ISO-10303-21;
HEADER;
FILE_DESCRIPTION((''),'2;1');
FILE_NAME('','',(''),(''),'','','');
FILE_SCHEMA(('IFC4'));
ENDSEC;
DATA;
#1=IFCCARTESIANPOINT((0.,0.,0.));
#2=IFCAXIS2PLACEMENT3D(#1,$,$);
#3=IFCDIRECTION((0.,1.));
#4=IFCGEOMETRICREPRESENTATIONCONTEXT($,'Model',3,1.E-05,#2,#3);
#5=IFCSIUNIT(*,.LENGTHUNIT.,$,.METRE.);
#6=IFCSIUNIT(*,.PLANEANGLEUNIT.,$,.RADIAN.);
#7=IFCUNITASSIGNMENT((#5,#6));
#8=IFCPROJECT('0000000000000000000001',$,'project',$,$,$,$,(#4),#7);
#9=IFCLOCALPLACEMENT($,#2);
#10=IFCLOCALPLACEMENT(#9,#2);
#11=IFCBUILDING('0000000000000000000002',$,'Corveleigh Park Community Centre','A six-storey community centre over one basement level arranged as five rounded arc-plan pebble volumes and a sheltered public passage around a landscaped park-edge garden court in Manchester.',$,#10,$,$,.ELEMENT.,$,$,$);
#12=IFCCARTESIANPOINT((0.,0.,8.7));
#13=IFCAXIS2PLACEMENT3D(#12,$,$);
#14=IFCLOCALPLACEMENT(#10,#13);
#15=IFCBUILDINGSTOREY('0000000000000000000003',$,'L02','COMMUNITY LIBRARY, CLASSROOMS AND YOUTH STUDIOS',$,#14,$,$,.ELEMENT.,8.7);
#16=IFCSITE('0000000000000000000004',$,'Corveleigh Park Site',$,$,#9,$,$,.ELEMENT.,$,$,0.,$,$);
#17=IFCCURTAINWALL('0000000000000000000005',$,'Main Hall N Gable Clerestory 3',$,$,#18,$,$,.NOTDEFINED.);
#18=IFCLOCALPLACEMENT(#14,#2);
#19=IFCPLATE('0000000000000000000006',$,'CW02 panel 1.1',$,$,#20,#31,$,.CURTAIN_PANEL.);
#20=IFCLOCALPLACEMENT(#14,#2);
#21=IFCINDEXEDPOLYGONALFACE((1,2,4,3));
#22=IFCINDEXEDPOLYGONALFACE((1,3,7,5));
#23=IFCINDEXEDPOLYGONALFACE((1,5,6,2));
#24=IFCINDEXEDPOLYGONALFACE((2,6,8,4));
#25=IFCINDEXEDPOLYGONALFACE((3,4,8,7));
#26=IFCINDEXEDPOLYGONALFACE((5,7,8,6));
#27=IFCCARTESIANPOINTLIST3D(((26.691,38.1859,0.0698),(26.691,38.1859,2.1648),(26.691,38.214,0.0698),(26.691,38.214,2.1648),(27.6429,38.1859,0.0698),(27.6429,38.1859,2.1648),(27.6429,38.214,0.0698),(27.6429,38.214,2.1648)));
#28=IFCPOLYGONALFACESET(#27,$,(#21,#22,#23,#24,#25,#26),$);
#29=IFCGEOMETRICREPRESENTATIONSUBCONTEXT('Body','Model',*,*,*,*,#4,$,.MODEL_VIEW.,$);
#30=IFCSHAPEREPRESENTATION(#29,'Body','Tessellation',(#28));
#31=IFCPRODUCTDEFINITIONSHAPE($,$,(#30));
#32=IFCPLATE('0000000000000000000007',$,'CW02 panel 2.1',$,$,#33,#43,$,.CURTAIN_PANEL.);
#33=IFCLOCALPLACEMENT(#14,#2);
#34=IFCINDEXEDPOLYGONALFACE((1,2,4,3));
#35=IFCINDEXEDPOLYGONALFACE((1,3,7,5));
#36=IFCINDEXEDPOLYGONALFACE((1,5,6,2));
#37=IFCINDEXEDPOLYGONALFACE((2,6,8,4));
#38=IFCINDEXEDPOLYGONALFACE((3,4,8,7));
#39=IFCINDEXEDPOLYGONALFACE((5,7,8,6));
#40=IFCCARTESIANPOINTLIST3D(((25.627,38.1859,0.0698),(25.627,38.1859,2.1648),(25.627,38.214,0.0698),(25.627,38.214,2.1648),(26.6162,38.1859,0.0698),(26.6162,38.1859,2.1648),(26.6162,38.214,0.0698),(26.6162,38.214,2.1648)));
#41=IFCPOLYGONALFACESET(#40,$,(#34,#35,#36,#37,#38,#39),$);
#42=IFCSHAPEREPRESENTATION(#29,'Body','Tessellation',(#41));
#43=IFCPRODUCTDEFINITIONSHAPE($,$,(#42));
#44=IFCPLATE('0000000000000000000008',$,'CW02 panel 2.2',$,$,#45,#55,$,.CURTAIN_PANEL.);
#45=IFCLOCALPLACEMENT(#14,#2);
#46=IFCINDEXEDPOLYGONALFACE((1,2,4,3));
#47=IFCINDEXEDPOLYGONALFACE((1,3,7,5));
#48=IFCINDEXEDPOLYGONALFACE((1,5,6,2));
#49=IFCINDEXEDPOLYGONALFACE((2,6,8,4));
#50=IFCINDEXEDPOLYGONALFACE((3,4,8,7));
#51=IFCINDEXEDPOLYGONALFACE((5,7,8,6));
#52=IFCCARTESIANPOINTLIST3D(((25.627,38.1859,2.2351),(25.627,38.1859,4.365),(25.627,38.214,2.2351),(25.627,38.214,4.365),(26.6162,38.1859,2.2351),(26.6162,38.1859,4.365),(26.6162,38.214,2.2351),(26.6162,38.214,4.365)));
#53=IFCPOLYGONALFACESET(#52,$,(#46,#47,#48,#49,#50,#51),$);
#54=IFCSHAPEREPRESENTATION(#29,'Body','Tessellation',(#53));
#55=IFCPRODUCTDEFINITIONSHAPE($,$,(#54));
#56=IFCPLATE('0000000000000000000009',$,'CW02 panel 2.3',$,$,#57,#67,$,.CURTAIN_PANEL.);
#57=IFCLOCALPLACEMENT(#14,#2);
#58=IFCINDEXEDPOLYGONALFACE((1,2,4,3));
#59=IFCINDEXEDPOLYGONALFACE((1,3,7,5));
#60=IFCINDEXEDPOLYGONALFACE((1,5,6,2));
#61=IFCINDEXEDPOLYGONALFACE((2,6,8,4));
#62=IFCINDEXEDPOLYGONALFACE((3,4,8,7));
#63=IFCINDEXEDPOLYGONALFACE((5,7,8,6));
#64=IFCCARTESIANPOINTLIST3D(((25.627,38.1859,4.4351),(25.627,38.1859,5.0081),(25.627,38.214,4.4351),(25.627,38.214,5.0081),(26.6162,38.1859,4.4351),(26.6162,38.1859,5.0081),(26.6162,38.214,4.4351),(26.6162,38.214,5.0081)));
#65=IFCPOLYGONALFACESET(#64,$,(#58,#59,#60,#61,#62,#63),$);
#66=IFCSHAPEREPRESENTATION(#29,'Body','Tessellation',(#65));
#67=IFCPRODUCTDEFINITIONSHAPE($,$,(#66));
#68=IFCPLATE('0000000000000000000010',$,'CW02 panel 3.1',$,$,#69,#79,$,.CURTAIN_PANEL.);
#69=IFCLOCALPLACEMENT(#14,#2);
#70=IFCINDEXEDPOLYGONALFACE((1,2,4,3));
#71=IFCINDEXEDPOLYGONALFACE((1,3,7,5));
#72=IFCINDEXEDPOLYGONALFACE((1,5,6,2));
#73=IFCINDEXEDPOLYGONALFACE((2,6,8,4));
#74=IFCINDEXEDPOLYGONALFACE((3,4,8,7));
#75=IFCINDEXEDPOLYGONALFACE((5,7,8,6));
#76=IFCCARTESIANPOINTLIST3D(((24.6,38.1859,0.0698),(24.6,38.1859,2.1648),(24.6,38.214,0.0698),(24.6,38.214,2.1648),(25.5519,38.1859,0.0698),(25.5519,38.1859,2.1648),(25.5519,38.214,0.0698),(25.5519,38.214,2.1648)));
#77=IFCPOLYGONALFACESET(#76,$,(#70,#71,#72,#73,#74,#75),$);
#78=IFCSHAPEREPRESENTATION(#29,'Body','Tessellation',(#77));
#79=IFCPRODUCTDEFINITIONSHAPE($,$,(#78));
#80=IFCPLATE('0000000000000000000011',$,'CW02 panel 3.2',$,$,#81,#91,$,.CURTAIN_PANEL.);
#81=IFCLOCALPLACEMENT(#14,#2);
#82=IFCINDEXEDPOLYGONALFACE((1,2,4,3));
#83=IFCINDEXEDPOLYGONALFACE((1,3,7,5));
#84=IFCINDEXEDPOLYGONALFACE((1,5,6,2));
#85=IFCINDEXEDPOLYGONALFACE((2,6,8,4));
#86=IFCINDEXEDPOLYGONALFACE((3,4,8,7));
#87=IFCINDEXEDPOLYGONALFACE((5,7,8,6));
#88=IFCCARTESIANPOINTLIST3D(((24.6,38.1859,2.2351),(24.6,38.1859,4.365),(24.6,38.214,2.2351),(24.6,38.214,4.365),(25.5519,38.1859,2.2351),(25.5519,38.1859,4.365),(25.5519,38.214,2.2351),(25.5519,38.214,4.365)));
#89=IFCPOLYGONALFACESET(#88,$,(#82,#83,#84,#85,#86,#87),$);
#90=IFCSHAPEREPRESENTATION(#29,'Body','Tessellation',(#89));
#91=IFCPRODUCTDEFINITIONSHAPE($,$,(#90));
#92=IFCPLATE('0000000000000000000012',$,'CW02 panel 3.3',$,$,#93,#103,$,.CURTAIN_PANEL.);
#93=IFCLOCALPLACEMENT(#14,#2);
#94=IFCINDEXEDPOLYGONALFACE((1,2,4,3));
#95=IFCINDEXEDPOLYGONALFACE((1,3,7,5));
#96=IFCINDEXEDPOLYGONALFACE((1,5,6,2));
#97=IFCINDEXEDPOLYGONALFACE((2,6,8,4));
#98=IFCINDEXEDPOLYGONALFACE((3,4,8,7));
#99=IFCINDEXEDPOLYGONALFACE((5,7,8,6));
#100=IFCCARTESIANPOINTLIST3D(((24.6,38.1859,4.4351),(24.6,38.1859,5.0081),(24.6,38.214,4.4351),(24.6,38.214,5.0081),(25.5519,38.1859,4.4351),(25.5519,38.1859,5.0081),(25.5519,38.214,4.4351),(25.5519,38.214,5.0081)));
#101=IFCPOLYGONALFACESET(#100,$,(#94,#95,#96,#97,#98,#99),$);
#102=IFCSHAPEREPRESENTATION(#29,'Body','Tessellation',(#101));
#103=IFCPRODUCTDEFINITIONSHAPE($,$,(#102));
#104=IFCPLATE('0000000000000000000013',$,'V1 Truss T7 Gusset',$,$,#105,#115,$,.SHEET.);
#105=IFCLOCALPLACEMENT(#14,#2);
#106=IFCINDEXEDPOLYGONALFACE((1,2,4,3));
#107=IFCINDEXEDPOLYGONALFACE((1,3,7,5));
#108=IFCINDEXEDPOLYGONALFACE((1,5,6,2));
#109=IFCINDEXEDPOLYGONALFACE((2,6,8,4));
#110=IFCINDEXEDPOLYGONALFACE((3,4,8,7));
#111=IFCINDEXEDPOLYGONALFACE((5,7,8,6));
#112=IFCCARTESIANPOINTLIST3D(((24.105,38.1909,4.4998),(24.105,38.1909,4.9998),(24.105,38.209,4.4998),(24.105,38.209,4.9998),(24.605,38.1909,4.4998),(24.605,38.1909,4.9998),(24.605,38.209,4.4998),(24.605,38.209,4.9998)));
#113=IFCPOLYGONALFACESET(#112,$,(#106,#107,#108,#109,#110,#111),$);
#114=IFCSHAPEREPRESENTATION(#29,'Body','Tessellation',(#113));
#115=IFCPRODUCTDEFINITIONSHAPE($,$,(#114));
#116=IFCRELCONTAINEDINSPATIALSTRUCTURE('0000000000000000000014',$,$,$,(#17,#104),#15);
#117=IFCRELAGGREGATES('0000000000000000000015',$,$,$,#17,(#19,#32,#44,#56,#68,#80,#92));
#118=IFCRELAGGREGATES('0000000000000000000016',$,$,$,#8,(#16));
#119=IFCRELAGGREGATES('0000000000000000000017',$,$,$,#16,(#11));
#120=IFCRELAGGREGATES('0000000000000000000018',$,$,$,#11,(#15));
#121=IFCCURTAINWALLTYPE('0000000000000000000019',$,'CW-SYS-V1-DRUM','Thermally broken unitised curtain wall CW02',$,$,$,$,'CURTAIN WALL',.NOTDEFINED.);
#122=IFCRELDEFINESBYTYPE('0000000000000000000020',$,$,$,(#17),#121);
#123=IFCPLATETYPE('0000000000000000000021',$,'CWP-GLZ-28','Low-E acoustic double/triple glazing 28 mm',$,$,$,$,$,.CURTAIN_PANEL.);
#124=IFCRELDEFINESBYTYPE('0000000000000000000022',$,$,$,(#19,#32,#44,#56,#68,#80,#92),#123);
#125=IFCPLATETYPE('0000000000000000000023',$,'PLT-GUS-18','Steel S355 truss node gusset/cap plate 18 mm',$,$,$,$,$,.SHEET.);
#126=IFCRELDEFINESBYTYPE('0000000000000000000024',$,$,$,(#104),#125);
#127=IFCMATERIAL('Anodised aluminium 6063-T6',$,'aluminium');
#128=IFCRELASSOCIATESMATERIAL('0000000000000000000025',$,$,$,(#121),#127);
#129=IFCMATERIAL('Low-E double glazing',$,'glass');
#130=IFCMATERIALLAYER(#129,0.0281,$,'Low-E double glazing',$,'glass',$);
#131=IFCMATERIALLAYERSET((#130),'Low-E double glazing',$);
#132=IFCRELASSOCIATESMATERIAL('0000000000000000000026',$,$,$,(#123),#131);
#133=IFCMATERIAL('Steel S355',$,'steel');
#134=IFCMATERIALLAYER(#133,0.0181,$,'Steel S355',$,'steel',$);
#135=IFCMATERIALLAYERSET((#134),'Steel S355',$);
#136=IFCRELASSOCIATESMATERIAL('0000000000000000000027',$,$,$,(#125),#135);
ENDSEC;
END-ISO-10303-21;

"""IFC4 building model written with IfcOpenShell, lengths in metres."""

from ifc_helpers import new_model, si_unit, direction, frame, origin, origin_2d, place, context, subcontext, project, spatial, rectangle, extrude, material, layer, layer_set, type_object, element, aggregate, save


model = new_model("IFC4")

# Units and contexts
model_context = context("Model", 3, precision=1e-05, world=origin(), true_north=direction((0.0, 1.0)))
body_context = subcontext(model_context, "Body", "Model", "MODEL_VIEW")
ifc_project = project(units=[si_unit("LENGTHUNIT", "METRE"), si_unit("PLANEANGLEUNIT", "RADIAN")], contexts=[model_context])

# Site, building, storey
site_placement = place(None, origin())
site = spatial("IfcSite", under=ifc_project, at=site_placement, Name="Corveleigh Park Site", CompositionType="ELEMENT", RefElevation=0.0)
building_placement = place(site_placement, origin())
building = spatial("IfcBuilding", under=site, at=building_placement, Name="Corveleigh Park Community Centre", Description="A six-storey community centre over one basement level arranged as five rounded arc-plan pebble volumes and a sheltered public passage around a landscaped park-edge garden court in Manchester.", CompositionType="ELEMENT")
storey_placement = place(building_placement, frame((0.0, 0.0, 8.7)))
storey = spatial("IfcBuildingStorey", under=building, at=storey_placement, Name="L02", Description="COMMUNITY LIBRARY, CLASSROOMS AND YOUTH STUDIOS", CompositionType="ELEMENT", Elevation=8.7)

# Shared definitions
ifc_material_1 = material(Name="Anodised aluminium 6063-T6", Category="aluminium")
curtain_wall_type = type_object("IfcCurtainWallType", Name="CW-SYS-V1-DRUM", Description="Thermally broken unitised curtain wall CW02", ElementType="CURTAIN WALL", PredefinedType="NOTDEFINED", material=ifc_material_1)

# Curtain wall
curtain_wall_1_placement = place(storey_placement, origin())
curtain_wall_1 = element("IfcCurtainWall", 1, at=curtain_wall_1_placement, inside=storey, type_object=curtain_wall_type, Name="Main Hall N Gable Clerestory 3", PredefinedType="NOTDEFINED")

# Shared definitions
ifc_material_2 = material(Name="Steel S355", Category="steel")

# Plates
ifc_material_3 = material(Name="Low-E double glazing", Category="glass")
ifc_layer_1 = layer(ifc_material_3, 0.0281, Name="Low-E double glazing", Category="glass")
ifc_layer_set_1 = layer_set([ifc_layer_1], Name="Low-E double glazing")
plate_type_1 = type_object("IfcPlateType", Name="CWP-GLZ-28", Description="Low-E acoustic double/triple glazing 28 mm", PredefinedType="CURTAIN_PANEL", material=ifc_layer_set_1)
plate_1_placement = place(storey_placement, frame((27.167, 38.2, 0.0698), z_axis=(0.0, 0.0, 1.0), x_axis=(-1.0, 0.0, 0.0)))
plate_1 = element("IfcPlate", 2, at=plate_1_placement, type_object=plate_type_1, Name="CW02 panel 1.1", PredefinedType="CURTAIN_PANEL", context=body_context, shape_type="SweptSolid", body=[
    extrude(rectangle(XDim=0.9519, YDim=0.0281, at=origin_2d()), origin(), (0.0, 0.0, 1.0), 2.095),
])
plate_2_placement = place(storey_placement, frame((26.1216, 38.2, 0.0698), z_axis=(0.0, 0.0, 1.0), x_axis=(-1.0, 0.0, 0.0)))
plate_2 = element("IfcPlate", 3, at=plate_2_placement, type_object=plate_type_1, Name="CW02 panel 2.1", PredefinedType="CURTAIN_PANEL", context=body_context, shape_type="SweptSolid", body=[
    extrude(rectangle(XDim=0.9893, YDim=0.0281, at=origin_2d()), origin(), (0.0, 0.0, 1.0), 2.095),
])
plate_3_placement = place(storey_placement, frame((26.1216, 38.2, 2.2351), z_axis=(0.0, 0.0, 1.0), x_axis=(-1.0, 0.0, 0.0)))
plate_3 = element("IfcPlate", 4, at=plate_3_placement, type_object=plate_type_1, Name="CW02 panel 2.2", PredefinedType="CURTAIN_PANEL", context=body_context, shape_type="SweptSolid", body=[
    extrude(rectangle(XDim=0.9893, YDim=0.0281, at=origin_2d()), origin(), (0.0, 0.0, 1.0), 2.1299),
])
plate_4_placement = place(storey_placement, frame((26.1216, 38.2, 4.4351), z_axis=(0.0, 0.0, 1.0), x_axis=(-1.0, 0.0, 0.0)))
plate_4 = element("IfcPlate", 5, at=plate_4_placement, type_object=plate_type_1, Name="CW02 panel 2.3", PredefinedType="CURTAIN_PANEL", context=body_context, shape_type="SweptSolid", body=[
    extrude(rectangle(XDim=0.9893, YDim=0.0281, at=origin_2d()), origin(), (0.0, 0.0, 1.0), 0.573),
])
plate_5_placement = place(storey_placement, frame((25.0759, 38.2, 0.0698), z_axis=(0.0, 0.0, 1.0), x_axis=(-1.0, 0.0, 0.0)))
plate_5 = element("IfcPlate", 6, at=plate_5_placement, type_object=plate_type_1, Name="CW02 panel 3.1", PredefinedType="CURTAIN_PANEL", context=body_context, shape_type="SweptSolid", body=[
    extrude(rectangle(XDim=0.9519, YDim=0.0281, at=origin_2d()), origin(), (0.0, 0.0, 1.0), 2.095),
])
plate_6_placement = place(storey_placement, frame((25.0759, 38.2, 2.2351), z_axis=(0.0, 0.0, 1.0), x_axis=(-1.0, 0.0, 0.0)))
plate_6 = element("IfcPlate", 7, at=plate_6_placement, type_object=plate_type_1, Name="CW02 panel 3.2", PredefinedType="CURTAIN_PANEL", context=body_context, shape_type="SweptSolid", body=[
    extrude(rectangle(XDim=0.9519, YDim=0.0281, at=origin_2d()), origin(), (0.0, 0.0, 1.0), 2.1299),
])
plate_7_placement = place(storey_placement, frame((25.0759, 38.2, 4.4351), z_axis=(0.0, 0.0, 1.0), x_axis=(-1.0, 0.0, 0.0)))
plate_7 = element("IfcPlate", 8, at=plate_7_placement, type_object=plate_type_1, Name="CW02 panel 3.3", PredefinedType="CURTAIN_PANEL", context=body_context, shape_type="SweptSolid", body=[
    extrude(rectangle(XDim=0.9519, YDim=0.0281, at=origin_2d()), origin(), (0.0, 0.0, 1.0), 0.573),
])
aggregate(curtain_wall_1, [plate_1, plate_2, plate_3, plate_4, plate_5, plate_6, plate_7])
ifc_layer_2 = layer(ifc_material_2, 0.0181, Name="Steel S355", Category="steel")
ifc_layer_set_2 = layer_set([ifc_layer_2], Name="Steel S355")
plate_type_2 = type_object("IfcPlateType", Name="PLT-GUS-18", Description="Steel S355 truss node gusset/cap plate 18 mm", PredefinedType="SHEET", material=ifc_layer_set_2)
plate_8_placement = place(storey_placement, frame((24.355, 38.2, 4.4998), z_axis=(0.0, 0.0, 1.0), x_axis=(1.0, 0.0, 0.0)))
element("IfcPlate", 9, at=plate_8_placement, inside=storey, type_object=plate_type_2, Name="V1 Truss T7 Gusset", PredefinedType="SHEET", context=body_context, shape_type="SweptSolid", body=[
    extrude(rectangle(XDim=0.5, YDim=0.0181, at=origin_2d()), origin(), (0.0, 0.0, 1.0), 0.5),
])

save(model, "model.ifc")
